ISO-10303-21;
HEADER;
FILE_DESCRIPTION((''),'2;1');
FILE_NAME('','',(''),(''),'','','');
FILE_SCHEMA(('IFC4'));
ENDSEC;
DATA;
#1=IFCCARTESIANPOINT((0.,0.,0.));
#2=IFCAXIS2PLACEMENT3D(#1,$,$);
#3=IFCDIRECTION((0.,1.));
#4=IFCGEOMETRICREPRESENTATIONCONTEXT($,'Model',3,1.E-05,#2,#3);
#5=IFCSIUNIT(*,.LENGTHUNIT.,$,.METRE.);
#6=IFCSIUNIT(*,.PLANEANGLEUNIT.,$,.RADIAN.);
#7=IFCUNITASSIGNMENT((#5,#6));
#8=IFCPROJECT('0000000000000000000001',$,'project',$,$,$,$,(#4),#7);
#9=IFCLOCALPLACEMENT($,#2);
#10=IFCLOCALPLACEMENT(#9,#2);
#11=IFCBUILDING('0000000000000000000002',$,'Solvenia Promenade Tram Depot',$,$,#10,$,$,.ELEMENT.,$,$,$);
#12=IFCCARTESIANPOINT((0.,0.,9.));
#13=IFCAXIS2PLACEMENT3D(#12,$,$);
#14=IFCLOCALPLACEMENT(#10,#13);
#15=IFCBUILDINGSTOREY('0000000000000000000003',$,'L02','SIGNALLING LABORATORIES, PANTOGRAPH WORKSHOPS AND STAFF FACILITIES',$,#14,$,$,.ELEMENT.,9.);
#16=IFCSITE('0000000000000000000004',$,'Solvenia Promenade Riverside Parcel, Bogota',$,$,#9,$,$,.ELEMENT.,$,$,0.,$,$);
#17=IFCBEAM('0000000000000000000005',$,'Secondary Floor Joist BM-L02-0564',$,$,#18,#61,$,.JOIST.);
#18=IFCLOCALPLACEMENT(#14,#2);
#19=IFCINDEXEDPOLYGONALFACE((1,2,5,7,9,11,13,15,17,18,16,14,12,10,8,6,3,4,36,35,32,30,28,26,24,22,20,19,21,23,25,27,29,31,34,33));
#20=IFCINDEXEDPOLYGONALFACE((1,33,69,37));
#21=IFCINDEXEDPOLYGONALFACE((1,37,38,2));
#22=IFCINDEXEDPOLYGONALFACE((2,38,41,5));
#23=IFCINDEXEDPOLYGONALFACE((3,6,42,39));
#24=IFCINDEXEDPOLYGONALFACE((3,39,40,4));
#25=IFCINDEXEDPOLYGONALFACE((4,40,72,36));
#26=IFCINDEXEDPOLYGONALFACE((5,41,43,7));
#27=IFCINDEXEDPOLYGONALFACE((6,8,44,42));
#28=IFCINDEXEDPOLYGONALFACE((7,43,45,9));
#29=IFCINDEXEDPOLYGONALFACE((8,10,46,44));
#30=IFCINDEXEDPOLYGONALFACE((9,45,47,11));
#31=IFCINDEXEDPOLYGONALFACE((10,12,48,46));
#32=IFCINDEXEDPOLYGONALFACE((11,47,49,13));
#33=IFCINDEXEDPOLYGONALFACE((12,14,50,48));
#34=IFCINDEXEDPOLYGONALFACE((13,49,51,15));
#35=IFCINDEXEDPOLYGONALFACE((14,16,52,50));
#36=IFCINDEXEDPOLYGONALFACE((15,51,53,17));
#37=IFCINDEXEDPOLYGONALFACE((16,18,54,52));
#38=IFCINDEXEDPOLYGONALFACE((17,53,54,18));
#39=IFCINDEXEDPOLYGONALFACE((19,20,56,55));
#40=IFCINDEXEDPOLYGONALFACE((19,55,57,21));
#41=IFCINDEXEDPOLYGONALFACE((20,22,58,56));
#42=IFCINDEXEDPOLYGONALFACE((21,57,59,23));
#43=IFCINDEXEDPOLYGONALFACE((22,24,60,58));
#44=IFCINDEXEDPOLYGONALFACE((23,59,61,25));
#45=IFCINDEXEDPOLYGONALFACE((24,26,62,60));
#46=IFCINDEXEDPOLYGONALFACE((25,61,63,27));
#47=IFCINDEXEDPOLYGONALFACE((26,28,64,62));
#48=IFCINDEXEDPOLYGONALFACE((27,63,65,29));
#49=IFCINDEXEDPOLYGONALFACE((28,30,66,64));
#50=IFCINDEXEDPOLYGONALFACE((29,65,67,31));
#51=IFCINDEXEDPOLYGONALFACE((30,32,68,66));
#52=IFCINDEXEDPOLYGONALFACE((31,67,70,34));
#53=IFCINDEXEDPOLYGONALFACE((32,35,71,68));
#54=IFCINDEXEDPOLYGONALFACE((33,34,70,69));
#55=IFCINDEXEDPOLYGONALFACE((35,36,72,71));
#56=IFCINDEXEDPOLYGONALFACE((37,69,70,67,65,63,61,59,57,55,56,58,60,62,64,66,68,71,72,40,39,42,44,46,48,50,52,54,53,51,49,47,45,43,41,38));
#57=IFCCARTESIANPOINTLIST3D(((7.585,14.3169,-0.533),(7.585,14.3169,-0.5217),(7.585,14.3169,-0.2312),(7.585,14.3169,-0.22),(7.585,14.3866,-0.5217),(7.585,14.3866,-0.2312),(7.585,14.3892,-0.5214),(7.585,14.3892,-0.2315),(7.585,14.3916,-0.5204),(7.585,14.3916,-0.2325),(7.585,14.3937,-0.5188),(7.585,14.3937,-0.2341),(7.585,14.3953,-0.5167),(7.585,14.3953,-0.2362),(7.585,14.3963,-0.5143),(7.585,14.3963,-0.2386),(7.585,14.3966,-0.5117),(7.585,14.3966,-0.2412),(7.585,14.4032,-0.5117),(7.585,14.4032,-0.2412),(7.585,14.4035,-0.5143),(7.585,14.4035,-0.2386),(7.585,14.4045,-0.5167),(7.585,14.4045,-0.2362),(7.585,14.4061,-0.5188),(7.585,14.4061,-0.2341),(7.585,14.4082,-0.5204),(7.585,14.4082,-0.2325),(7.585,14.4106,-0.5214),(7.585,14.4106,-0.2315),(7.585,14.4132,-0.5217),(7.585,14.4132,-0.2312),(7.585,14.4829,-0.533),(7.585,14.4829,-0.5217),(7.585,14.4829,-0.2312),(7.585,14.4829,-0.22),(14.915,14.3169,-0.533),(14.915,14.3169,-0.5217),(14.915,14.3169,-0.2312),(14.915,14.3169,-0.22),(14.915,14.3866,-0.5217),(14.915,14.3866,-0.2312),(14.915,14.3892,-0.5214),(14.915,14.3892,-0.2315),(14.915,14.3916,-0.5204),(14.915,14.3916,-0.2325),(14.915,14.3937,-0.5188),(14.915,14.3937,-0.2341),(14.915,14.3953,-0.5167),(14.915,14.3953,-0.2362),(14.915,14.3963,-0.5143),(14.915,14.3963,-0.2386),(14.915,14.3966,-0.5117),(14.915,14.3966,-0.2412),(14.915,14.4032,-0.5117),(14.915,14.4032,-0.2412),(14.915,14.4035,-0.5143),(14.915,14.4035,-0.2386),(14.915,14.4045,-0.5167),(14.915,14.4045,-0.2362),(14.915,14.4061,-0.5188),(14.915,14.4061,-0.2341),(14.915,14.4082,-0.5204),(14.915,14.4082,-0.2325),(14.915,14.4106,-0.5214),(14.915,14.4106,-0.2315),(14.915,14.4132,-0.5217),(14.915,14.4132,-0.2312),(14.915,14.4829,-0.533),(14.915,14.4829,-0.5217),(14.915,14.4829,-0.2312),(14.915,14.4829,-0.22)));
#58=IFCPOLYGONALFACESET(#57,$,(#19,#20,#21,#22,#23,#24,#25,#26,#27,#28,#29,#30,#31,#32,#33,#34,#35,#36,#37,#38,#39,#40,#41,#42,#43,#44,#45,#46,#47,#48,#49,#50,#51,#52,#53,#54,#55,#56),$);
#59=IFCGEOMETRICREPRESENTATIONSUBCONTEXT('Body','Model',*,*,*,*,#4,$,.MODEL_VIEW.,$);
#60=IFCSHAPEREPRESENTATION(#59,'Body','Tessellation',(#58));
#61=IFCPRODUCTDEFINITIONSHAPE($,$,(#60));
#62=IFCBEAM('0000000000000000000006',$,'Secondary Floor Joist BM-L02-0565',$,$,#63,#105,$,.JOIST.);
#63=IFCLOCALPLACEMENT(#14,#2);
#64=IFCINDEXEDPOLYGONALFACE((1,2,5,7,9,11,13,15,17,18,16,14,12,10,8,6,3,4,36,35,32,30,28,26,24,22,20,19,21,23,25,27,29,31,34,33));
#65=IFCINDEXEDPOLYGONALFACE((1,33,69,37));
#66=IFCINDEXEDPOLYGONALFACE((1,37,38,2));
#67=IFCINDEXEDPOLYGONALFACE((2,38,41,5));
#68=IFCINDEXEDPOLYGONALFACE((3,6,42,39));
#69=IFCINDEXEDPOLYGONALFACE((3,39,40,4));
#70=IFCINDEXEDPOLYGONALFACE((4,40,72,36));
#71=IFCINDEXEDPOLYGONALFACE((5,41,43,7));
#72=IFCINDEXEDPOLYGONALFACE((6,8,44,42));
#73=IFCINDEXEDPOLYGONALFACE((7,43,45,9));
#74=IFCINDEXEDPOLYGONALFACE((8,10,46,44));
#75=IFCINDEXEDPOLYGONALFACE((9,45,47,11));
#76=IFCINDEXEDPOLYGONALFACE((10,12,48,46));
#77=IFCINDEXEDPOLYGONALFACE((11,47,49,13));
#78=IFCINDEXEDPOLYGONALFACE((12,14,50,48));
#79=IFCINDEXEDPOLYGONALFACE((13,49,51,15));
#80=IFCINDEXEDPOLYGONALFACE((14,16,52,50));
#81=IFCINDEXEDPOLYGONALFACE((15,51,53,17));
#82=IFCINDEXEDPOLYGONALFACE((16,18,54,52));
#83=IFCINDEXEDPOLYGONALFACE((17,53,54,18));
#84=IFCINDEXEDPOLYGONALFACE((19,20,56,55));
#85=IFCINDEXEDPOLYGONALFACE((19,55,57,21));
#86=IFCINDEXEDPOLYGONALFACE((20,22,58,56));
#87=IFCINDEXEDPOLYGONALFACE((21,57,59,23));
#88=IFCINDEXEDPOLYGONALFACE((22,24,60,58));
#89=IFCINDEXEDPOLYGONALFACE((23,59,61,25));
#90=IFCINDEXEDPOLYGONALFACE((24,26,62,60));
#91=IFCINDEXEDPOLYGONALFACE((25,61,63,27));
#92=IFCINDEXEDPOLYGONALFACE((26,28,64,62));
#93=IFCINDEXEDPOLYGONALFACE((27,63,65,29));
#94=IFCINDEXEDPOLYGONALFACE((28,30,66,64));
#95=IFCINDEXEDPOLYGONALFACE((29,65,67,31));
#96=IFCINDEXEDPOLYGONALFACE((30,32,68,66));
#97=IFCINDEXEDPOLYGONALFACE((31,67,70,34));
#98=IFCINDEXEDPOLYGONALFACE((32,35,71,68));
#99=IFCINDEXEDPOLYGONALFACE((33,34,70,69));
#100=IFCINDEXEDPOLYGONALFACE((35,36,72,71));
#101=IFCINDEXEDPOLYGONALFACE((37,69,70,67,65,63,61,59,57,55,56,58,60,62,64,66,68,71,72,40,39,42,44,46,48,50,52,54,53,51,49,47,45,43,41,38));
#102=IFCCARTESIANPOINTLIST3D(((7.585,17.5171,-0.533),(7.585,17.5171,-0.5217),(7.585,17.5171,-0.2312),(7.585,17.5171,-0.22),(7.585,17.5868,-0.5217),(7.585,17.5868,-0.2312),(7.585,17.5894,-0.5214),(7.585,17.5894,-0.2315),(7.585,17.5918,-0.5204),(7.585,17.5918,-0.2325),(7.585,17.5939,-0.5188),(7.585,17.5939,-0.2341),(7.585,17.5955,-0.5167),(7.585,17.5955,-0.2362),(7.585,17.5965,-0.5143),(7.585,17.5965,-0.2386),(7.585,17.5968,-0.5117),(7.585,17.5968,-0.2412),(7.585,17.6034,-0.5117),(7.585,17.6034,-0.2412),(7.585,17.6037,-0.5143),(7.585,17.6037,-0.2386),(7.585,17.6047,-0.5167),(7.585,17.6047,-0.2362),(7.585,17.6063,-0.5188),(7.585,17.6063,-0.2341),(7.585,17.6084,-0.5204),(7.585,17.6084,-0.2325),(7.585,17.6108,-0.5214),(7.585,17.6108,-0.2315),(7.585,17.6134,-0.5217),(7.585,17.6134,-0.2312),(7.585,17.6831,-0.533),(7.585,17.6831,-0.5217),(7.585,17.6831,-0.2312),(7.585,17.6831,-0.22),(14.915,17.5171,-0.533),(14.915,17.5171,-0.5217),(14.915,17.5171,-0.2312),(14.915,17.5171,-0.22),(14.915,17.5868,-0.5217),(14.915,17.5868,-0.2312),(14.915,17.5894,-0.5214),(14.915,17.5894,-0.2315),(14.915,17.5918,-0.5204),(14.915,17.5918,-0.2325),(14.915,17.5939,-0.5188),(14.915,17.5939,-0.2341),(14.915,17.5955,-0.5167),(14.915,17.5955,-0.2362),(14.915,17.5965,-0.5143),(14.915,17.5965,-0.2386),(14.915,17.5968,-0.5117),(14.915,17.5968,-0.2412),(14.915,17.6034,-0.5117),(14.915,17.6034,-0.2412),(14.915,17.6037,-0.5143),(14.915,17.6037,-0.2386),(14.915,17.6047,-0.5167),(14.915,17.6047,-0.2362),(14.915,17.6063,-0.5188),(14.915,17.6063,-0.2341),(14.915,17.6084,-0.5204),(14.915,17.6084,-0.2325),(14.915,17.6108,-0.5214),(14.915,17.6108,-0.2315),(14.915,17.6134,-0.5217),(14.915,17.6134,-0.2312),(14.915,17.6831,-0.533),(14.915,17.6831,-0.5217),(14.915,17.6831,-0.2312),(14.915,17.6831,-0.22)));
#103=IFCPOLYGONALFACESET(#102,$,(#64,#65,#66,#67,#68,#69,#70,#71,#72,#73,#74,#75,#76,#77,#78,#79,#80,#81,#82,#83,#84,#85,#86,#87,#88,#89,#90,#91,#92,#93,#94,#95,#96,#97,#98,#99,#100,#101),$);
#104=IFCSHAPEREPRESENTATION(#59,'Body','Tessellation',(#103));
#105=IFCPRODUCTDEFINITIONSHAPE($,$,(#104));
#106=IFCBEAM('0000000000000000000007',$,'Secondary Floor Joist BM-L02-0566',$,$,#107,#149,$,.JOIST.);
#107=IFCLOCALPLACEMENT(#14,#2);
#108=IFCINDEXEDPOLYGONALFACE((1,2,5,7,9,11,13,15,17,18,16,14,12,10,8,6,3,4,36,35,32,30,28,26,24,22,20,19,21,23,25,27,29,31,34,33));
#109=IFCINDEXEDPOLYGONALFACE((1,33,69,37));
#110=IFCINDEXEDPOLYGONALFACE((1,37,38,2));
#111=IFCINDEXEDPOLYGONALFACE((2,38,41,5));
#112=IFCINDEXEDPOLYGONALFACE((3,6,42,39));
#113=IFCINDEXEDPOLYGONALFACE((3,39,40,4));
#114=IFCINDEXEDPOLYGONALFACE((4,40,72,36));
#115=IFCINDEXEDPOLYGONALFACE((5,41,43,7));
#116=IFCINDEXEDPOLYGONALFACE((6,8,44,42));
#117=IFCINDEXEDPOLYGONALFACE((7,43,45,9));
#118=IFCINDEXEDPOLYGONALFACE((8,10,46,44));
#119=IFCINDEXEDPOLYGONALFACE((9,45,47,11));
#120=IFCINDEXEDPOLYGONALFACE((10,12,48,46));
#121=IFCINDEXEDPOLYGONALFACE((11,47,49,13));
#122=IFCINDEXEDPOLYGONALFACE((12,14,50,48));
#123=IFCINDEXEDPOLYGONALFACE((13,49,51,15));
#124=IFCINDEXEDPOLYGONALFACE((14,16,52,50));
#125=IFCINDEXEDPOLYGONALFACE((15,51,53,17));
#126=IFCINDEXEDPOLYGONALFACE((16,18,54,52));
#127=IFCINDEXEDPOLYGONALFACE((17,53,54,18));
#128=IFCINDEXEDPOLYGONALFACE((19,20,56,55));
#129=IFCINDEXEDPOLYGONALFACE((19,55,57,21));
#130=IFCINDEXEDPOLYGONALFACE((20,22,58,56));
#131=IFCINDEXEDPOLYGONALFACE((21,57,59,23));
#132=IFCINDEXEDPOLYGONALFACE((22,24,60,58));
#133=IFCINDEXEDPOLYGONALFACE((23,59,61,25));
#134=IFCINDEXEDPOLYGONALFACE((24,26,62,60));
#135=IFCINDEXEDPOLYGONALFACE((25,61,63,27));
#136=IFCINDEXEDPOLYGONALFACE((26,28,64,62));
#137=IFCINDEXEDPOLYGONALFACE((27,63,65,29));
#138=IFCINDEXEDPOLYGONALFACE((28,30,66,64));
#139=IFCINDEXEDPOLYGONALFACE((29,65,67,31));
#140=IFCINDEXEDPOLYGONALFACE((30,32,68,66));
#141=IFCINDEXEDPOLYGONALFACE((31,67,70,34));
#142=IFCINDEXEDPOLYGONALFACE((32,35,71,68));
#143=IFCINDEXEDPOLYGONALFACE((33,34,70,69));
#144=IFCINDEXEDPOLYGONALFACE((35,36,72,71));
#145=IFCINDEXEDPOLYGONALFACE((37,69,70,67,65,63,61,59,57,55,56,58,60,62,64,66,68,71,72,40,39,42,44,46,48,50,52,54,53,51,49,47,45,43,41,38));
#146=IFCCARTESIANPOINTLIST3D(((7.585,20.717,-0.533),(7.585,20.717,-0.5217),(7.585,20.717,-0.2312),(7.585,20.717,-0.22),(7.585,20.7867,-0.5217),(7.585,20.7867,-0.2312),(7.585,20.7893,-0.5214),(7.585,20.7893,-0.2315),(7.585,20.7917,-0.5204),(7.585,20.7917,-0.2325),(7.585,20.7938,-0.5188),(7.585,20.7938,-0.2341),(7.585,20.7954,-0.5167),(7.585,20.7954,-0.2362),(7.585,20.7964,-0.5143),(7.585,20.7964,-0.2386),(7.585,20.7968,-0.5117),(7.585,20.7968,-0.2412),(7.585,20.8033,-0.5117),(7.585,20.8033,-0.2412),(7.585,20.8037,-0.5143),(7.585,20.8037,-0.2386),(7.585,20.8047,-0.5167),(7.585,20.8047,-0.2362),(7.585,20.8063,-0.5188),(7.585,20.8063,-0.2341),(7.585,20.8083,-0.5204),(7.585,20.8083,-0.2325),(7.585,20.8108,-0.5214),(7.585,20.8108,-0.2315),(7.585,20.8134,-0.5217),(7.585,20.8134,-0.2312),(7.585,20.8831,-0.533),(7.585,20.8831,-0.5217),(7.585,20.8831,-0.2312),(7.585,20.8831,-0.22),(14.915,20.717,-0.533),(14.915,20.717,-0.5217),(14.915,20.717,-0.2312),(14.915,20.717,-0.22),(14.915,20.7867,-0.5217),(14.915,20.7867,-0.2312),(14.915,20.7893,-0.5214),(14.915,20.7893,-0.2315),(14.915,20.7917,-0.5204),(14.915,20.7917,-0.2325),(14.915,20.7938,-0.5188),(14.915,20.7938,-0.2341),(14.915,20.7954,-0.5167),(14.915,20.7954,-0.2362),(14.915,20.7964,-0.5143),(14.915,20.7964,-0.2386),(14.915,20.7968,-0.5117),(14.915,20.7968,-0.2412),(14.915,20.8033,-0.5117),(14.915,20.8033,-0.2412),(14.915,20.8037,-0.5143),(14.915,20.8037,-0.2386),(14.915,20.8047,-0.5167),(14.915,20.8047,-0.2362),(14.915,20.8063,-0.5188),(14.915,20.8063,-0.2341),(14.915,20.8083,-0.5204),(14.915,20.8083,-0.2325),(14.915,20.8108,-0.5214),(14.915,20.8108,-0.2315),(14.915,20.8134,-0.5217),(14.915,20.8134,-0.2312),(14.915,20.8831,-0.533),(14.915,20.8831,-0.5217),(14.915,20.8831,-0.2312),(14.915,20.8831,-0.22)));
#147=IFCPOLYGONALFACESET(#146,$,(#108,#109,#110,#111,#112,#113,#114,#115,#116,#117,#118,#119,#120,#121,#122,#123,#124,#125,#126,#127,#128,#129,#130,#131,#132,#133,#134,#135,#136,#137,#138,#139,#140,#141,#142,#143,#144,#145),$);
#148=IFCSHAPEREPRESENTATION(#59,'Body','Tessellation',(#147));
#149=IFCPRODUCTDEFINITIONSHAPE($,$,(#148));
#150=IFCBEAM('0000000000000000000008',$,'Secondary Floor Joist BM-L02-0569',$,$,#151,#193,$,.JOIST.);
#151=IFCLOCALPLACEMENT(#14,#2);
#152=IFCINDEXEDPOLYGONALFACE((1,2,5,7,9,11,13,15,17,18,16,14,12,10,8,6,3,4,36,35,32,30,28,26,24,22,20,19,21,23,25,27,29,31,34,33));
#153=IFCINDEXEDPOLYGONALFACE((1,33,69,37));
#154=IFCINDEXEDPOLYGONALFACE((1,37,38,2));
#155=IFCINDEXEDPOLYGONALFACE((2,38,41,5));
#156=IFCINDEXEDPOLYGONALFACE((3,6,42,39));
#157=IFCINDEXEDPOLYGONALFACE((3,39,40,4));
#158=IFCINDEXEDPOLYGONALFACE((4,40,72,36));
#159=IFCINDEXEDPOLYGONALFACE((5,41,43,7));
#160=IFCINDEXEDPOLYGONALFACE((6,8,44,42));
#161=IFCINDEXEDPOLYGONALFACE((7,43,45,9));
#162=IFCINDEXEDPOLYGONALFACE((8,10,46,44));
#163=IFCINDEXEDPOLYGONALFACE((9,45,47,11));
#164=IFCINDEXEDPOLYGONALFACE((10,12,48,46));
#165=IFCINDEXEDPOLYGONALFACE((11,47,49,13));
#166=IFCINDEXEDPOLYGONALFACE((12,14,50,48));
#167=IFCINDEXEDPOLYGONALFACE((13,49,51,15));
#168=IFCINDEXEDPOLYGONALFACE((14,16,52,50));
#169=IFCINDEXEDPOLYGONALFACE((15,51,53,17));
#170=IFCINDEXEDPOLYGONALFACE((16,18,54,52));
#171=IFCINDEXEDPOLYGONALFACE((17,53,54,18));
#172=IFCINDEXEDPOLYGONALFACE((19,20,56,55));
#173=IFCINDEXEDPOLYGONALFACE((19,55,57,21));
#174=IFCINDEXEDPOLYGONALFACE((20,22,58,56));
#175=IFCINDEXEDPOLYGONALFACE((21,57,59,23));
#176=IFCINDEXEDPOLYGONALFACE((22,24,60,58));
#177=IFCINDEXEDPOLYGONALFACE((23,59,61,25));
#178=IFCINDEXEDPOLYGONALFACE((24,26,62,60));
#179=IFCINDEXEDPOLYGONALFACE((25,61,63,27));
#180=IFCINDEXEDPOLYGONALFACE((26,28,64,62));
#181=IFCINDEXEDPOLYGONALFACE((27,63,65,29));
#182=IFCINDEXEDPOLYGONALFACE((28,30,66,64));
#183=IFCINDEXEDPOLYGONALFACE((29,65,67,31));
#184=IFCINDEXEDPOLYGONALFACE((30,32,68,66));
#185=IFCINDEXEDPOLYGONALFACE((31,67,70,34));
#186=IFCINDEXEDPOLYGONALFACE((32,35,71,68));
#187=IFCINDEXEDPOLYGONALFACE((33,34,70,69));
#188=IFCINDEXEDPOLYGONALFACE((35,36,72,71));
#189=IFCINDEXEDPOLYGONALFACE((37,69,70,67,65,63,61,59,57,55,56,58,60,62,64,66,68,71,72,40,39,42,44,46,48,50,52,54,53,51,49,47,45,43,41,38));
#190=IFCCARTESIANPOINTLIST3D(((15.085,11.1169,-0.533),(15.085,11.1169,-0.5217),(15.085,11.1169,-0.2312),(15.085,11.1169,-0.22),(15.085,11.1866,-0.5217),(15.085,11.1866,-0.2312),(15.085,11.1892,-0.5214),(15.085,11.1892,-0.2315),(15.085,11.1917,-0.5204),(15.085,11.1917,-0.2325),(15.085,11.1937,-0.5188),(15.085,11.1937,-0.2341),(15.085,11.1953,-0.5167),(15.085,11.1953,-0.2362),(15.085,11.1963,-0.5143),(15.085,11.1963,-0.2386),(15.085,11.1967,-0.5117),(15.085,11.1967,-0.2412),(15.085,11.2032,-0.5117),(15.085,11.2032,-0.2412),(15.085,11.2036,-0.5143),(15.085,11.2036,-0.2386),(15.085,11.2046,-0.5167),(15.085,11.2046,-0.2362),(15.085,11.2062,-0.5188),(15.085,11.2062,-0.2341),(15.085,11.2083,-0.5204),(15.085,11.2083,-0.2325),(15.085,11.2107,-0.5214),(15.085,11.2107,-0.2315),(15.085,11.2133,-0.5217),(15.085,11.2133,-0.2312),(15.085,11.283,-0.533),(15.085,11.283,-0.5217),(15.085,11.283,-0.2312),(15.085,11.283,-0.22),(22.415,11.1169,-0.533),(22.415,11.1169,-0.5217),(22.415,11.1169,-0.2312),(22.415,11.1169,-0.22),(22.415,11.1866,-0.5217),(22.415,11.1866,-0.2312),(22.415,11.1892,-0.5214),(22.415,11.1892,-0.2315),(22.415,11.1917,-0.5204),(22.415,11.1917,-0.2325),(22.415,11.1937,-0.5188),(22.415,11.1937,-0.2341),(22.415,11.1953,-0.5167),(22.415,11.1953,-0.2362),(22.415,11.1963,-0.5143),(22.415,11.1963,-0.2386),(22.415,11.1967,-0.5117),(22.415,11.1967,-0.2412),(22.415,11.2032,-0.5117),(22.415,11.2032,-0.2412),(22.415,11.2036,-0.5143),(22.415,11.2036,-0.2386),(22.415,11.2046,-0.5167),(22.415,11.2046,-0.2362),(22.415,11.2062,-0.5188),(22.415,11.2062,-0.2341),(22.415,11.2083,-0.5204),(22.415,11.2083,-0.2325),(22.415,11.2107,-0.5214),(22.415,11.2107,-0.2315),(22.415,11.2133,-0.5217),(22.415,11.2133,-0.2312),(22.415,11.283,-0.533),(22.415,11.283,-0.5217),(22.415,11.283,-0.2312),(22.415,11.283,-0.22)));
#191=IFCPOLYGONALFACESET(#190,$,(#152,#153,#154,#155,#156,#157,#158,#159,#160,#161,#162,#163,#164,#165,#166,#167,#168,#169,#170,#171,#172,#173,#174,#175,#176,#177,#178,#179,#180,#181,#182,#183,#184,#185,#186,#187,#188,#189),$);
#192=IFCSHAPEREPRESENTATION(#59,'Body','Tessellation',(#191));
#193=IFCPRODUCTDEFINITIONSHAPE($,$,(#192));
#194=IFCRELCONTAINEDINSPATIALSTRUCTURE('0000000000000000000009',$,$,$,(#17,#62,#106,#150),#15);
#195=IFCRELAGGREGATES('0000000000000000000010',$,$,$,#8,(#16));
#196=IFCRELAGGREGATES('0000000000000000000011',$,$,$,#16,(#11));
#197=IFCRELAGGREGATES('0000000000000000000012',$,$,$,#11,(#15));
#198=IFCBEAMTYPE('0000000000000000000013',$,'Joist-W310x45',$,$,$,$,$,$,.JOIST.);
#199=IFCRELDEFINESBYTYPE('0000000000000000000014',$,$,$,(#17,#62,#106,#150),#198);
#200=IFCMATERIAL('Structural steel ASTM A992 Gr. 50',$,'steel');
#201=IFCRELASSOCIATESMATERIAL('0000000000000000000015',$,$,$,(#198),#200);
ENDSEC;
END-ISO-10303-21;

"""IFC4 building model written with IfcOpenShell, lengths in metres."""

from ifc_helpers import new_model, si_unit, direction, frame, origin, origin_2d, place, context, subcontext, project, spatial, i_section, extrude, material, material_profile, profile_set, type_object, element, save


model = new_model("IFC4")

# Units and contexts
model_context = context("Model", 3, precision=1e-05, world=origin(), true_north=direction((0.0, 1.0)))
body_context = subcontext(model_context, "Body", "Model", "MODEL_VIEW")
ifc_project = project(units=[si_unit("LENGTHUNIT", "METRE"), si_unit("PLANEANGLEUNIT", "RADIAN")], contexts=[model_context])

# Site, building, storey
site_placement = place(None, origin())
site = spatial("IfcSite", under=ifc_project, at=site_placement, Name="Solvenia Promenade Riverside Parcel, Bogota", CompositionType="ELEMENT", RefElevation=0.0)
building_placement = place(site_placement, origin())
building = spatial("IfcBuilding", under=site, at=building_placement, Name="Solvenia Promenade Tram Depot", CompositionType="ELEMENT")
storey_placement = place(building_placement, frame((0.0, 0.0, 9.0)))
storey = spatial("IfcBuildingStorey", under=building, at=storey_placement, Name="L02", Description="SIGNALLING LABORATORIES, PANTOGRAPH WORKSHOPS AND STAFF FACILITIES", CompositionType="ELEMENT", Elevation=9.0)

# Beams
ifc_material_1 = material(Name="Structural steel ASTM A992 Gr. 50", Category="steel")
ifc_material_profile_1 = material_profile(ifc_material_1, i_section(OverallWidth=0.166, OverallDepth=0.313, WebThickness=0.0066, FlangeThickness=0.0112, FilletRadius=0.01, at=origin_2d()), Name="W310x45", Category="steel")
ifc_profile_set_1 = profile_set([ifc_material_profile_1], Name="Structural steel ASTM A992 Gr. 50")
beam_type_1 = type_object("IfcBeamType", Name="Joist-W310x45", PredefinedType="JOIST", material=ifc_profile_set_1)
for number, where, z_axis, x_axis, name in (
    (1, (7.585, 14.3999, -0.3765), (1.0, 0.0, 0.0), (0.0, 1.0, 0.0), "Secondary Floor Joist BM-L02-0564"),
    (2, (7.585, 17.6001, -0.3765), (1.0, 0.0, 0.0), (0.0, 1.0, 0.0), "Secondary Floor Joist BM-L02-0565"),
    (3, (7.585, 20.8, -0.3765), (1.0, 0.0, 0.0), (0.0, 1.0, 0.0), "Secondary Floor Joist BM-L02-0566"),
    (4, (15.085, 11.2, -0.3765), (1.0, 0.0, 0.0), (0.0, 1.0, 0.0), "Secondary Floor Joist BM-L02-0569"),
):
    element("IfcBeam", number, at=place(storey_placement, frame(where, z_axis=z_axis, x_axis=x_axis)), inside=storey, type_object=beam_type_1, Name=name, PredefinedType="JOIST", context=body_context, shape_type="SweptSolid", body=[
        extrude(i_section(OverallWidth=0.166, OverallDepth=0.313, WebThickness=0.0066, FlangeThickness=0.0112, FilletRadius=0.01, at=origin_2d()), origin(), (0.0, 0.0, 1.0), 7.3301),
    ])

save(model, "model.ifc")
